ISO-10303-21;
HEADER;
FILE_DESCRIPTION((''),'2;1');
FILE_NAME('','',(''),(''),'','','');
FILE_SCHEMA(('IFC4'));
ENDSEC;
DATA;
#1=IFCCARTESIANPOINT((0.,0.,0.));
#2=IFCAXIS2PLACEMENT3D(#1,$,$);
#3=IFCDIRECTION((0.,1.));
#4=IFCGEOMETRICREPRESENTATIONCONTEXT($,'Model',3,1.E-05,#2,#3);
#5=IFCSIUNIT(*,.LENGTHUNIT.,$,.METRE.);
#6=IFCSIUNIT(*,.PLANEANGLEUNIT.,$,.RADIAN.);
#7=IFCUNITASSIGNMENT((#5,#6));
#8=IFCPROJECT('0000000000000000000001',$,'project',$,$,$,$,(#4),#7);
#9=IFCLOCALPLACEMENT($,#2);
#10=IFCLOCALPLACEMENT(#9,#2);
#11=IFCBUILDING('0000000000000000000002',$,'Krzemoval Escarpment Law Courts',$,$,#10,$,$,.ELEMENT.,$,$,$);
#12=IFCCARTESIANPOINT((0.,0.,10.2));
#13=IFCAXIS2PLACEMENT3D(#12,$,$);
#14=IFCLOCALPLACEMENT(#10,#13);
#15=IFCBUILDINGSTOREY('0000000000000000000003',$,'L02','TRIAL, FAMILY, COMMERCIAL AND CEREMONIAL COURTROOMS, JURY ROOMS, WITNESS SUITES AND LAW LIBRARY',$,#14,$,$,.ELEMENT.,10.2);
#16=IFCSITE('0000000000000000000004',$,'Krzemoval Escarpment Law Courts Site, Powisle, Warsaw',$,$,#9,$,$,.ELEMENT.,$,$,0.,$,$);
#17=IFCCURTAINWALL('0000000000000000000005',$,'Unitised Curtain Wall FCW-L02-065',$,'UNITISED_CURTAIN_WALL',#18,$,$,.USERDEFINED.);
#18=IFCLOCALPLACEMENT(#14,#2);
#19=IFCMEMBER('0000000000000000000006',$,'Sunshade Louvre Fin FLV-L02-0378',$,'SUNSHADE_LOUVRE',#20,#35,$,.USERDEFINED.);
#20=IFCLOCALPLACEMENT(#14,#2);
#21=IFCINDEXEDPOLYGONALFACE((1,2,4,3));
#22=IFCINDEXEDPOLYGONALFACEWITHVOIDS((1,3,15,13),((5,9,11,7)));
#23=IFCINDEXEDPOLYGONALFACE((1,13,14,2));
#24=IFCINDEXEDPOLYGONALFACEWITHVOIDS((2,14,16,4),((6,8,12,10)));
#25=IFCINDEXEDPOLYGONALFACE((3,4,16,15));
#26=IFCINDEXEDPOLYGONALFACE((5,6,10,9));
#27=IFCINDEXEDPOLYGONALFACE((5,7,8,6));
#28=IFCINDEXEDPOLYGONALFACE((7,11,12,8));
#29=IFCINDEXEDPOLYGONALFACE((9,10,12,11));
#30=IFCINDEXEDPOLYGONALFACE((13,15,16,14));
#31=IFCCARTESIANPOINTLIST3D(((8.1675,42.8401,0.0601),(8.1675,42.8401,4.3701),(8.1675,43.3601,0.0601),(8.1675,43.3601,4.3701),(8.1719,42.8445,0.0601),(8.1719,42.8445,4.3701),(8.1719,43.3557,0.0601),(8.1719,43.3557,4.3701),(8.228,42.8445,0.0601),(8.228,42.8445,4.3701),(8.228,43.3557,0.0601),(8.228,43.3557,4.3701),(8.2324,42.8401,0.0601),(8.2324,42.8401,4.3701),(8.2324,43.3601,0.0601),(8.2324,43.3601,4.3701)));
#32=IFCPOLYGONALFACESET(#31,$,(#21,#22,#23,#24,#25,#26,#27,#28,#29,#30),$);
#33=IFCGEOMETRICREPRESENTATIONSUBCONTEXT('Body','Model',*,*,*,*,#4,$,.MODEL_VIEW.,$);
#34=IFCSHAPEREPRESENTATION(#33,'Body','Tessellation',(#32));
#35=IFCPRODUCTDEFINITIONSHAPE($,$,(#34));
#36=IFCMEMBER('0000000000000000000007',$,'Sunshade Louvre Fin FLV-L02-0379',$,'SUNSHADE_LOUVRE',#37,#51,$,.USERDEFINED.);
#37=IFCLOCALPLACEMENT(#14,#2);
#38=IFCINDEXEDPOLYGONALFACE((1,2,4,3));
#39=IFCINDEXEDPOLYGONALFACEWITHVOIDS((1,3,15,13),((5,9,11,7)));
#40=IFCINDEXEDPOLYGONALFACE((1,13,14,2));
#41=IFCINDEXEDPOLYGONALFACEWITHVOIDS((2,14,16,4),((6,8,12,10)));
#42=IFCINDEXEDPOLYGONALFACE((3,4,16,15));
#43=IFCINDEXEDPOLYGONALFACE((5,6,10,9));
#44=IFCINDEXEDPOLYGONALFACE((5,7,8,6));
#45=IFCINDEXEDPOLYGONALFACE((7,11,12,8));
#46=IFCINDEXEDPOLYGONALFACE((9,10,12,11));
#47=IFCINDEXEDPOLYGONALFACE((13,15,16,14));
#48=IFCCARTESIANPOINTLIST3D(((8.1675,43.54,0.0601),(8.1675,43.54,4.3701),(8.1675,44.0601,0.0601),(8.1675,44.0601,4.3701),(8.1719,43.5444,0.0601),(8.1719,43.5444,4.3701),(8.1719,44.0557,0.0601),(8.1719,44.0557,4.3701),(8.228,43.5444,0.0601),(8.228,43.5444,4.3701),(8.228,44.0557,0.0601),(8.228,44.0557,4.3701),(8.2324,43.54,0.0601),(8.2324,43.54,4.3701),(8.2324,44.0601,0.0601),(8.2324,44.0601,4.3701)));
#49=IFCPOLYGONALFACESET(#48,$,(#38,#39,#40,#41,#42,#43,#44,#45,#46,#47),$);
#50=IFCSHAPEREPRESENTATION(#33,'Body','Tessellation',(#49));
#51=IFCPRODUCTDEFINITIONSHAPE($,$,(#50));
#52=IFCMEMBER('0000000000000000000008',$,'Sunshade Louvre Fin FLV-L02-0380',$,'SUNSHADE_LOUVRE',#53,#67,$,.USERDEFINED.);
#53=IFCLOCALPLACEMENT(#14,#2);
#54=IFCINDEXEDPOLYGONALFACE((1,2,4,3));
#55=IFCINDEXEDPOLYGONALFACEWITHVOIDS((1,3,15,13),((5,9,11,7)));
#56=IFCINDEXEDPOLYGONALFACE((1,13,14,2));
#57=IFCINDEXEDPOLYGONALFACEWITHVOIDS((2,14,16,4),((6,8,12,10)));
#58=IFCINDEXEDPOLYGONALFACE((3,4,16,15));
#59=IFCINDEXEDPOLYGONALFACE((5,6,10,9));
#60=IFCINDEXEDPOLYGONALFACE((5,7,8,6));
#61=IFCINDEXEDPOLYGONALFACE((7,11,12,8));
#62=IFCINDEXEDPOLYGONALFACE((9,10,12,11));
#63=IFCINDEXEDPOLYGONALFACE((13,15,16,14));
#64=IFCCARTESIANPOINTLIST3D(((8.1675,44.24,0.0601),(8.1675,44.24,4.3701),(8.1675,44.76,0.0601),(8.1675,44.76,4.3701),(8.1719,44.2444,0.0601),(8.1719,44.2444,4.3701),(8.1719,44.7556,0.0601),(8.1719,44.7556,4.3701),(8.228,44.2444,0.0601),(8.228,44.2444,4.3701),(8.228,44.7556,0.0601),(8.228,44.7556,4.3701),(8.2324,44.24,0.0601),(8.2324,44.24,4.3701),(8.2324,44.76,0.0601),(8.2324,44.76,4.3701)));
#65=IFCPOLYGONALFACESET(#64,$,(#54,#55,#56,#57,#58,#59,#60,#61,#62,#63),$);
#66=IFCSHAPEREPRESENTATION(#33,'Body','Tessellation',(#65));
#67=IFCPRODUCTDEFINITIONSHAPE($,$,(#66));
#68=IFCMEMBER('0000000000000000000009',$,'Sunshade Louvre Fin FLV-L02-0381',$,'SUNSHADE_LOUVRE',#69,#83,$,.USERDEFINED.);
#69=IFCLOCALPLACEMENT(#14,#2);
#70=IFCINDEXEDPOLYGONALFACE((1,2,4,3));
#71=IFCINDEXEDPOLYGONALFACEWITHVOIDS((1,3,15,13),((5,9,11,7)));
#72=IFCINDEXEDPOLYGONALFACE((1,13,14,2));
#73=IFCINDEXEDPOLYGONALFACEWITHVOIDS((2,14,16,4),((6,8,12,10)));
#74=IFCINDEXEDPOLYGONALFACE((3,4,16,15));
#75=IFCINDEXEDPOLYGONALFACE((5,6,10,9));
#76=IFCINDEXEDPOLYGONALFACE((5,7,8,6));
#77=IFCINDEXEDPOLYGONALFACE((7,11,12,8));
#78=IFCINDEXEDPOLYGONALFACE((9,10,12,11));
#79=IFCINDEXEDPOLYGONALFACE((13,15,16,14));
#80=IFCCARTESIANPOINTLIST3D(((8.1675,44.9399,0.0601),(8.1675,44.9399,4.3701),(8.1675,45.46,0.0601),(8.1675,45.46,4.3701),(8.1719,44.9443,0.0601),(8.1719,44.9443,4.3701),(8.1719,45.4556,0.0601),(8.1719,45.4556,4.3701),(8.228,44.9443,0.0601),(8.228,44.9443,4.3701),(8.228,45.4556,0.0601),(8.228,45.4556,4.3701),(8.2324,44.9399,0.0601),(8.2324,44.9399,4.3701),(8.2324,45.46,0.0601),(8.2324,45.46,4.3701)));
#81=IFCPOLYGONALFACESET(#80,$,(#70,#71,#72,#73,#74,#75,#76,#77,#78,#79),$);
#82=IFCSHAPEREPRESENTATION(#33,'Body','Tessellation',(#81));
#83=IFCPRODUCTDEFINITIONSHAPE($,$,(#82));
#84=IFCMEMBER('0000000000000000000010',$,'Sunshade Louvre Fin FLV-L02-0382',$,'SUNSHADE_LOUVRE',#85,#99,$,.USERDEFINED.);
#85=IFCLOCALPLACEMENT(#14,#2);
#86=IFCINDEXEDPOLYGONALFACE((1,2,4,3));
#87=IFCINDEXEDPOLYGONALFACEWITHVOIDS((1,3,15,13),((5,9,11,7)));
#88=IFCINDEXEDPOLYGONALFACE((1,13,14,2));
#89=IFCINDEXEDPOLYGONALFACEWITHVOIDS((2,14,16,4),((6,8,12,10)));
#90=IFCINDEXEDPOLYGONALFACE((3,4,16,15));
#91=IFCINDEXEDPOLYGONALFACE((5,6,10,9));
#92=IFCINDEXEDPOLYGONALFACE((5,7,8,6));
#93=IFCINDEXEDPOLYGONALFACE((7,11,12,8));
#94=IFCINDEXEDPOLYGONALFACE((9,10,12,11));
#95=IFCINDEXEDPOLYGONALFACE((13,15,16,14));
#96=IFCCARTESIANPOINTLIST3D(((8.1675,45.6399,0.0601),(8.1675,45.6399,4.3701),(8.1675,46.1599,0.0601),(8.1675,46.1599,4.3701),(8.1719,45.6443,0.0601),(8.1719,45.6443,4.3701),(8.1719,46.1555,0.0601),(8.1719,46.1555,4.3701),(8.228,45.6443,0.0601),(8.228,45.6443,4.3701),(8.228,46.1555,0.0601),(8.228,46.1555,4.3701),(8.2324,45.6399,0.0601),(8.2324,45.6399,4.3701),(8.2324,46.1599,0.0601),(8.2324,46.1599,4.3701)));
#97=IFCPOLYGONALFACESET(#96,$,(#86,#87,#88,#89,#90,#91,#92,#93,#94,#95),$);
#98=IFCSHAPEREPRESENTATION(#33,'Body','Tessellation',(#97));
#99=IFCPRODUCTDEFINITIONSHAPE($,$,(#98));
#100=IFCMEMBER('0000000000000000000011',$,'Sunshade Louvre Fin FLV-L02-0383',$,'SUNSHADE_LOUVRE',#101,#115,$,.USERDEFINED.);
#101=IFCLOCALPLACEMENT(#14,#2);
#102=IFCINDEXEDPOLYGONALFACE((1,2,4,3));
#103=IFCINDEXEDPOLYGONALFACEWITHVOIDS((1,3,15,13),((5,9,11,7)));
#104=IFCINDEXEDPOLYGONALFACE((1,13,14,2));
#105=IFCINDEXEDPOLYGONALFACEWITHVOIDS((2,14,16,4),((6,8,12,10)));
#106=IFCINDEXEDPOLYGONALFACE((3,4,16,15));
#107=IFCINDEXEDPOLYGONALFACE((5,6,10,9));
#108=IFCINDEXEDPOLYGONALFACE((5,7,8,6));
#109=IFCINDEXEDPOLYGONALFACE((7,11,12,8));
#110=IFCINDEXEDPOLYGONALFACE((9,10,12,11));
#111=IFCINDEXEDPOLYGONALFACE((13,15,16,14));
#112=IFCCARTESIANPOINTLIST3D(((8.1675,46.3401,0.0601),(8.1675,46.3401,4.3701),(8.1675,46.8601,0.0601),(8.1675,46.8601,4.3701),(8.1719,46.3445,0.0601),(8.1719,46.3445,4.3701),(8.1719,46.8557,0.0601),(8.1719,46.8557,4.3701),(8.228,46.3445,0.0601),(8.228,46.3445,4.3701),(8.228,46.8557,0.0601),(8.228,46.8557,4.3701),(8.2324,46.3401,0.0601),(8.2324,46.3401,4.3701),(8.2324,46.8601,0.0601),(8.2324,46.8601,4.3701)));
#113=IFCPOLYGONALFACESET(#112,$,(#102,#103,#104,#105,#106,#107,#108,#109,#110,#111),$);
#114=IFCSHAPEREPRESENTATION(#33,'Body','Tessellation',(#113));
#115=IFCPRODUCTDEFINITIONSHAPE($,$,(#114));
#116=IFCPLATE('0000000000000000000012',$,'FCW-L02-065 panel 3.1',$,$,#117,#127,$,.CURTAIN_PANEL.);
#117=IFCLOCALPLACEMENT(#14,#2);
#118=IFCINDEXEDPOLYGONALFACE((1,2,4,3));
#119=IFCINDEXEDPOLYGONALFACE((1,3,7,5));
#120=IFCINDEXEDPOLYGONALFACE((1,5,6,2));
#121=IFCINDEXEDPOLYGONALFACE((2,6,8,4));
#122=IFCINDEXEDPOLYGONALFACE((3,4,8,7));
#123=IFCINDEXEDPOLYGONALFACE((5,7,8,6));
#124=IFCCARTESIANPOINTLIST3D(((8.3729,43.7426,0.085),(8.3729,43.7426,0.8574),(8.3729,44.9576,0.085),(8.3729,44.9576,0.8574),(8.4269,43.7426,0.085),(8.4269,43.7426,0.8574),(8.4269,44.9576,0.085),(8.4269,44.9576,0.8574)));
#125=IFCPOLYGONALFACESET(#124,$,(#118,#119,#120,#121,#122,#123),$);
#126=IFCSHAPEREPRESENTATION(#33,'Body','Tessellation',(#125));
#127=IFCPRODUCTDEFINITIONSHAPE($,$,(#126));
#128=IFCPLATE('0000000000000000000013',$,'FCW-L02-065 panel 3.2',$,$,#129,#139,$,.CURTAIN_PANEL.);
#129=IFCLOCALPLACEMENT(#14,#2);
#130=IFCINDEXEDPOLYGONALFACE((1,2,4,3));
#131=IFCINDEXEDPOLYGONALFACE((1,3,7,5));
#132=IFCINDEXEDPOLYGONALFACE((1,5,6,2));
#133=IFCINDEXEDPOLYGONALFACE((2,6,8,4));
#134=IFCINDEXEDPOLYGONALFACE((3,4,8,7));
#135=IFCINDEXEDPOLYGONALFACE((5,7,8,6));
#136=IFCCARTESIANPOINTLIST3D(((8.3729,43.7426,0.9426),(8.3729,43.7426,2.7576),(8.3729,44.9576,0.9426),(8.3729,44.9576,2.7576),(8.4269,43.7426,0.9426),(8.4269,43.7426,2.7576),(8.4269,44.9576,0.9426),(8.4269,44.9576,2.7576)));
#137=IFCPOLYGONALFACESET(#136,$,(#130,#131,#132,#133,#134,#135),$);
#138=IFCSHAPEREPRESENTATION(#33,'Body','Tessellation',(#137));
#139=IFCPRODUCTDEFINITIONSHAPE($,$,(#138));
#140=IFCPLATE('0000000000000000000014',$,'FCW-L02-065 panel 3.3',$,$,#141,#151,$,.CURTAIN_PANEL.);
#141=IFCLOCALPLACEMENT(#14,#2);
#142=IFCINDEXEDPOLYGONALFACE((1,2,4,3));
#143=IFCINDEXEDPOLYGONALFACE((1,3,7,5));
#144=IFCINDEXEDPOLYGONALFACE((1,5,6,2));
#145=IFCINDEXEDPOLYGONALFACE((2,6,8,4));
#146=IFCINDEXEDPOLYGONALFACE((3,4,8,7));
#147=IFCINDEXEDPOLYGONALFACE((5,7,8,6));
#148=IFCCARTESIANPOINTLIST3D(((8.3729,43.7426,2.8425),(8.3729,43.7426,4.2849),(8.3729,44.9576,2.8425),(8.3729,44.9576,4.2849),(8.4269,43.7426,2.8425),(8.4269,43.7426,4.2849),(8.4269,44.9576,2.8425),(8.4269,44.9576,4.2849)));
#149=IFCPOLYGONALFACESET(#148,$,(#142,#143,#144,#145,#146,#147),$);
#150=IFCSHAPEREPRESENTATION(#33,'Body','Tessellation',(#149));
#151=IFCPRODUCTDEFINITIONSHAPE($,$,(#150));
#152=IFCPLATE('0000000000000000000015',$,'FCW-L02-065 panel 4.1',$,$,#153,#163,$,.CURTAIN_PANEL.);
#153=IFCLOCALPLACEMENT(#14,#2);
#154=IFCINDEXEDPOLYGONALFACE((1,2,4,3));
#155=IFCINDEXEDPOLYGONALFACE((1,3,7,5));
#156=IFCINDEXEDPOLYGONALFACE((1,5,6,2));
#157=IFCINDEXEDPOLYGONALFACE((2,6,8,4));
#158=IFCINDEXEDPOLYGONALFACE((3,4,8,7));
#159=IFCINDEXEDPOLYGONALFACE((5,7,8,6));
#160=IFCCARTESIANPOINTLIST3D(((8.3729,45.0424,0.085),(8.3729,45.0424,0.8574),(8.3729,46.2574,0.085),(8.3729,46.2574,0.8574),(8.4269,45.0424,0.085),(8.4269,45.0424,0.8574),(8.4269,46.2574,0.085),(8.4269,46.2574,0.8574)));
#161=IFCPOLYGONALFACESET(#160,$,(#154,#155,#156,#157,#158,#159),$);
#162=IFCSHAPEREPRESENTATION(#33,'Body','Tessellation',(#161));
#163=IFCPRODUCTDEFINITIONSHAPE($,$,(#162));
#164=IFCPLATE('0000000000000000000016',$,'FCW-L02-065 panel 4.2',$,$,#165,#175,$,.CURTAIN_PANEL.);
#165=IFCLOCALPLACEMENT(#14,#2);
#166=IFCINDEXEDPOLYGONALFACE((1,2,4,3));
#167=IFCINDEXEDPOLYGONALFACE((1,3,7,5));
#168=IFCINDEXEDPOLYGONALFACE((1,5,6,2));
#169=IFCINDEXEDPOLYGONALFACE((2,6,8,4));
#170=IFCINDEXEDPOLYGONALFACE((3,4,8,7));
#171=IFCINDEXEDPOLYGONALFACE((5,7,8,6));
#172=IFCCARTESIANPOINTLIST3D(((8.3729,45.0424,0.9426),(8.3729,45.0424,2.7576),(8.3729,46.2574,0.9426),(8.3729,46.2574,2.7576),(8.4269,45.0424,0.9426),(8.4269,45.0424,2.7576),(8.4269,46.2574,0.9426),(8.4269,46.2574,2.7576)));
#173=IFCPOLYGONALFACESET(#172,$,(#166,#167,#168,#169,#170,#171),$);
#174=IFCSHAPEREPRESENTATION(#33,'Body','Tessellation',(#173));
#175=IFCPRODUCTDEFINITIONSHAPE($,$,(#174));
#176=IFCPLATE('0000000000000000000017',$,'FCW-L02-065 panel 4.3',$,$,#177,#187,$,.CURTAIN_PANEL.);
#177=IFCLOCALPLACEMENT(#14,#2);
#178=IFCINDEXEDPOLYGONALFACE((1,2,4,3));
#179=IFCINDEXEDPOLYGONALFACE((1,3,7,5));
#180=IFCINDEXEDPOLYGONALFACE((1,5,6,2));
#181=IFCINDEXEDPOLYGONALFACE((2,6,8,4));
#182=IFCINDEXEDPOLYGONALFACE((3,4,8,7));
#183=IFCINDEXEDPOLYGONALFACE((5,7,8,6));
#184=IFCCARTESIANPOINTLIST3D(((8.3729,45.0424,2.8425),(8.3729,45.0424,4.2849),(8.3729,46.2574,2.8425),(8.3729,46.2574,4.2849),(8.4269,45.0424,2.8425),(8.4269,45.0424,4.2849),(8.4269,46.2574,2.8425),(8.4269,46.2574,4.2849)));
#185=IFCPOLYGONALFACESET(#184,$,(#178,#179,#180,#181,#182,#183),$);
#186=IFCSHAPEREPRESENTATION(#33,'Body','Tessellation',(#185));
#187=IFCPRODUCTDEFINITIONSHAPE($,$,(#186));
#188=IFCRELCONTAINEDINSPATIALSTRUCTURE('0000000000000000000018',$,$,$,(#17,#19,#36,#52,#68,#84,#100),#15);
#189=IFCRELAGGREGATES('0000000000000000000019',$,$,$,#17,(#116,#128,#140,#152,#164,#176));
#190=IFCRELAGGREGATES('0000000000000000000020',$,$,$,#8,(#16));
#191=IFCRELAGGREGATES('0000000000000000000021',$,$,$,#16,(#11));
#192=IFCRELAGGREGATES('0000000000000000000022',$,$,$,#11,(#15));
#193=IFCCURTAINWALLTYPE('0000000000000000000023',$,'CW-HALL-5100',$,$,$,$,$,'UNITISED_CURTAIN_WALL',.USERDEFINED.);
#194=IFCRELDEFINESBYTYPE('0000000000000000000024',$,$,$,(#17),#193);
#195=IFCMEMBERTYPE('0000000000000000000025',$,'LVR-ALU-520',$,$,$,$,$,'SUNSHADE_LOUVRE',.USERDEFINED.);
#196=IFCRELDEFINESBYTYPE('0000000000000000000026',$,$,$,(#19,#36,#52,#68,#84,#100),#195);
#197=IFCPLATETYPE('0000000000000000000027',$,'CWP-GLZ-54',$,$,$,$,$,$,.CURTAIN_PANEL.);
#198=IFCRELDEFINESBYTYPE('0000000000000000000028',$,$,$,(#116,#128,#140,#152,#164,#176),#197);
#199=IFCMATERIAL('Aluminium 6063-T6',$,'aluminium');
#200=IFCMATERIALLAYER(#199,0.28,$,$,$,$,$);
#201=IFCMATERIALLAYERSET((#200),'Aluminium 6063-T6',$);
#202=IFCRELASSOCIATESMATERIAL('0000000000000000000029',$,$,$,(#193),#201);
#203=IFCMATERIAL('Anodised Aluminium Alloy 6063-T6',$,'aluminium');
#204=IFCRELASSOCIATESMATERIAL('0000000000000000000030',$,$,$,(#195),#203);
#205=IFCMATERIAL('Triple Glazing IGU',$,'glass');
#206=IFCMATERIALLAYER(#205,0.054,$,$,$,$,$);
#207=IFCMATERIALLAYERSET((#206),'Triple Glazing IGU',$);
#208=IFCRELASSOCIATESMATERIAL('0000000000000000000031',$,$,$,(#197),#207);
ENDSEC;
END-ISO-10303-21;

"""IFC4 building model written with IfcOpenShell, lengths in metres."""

from ifc_helpers import new_model, si_unit, direction, frame, origin, origin_2d, place, context, subcontext, project, spatial, rectangle, hollow_rectangle, extrude, material, layer, layer_set, material_profile, profile_set, type_object, element, aggregate, save


model = new_model("IFC4")

# Units and contexts
model_context = context("Model", 3, precision=1e-05, world=origin(), true_north=direction((0.0, 1.0)))
body_context = subcontext(model_context, "Body", "Model", "MODEL_VIEW")
ifc_project = project(units=[si_unit("LENGTHUNIT", "METRE"), si_unit("PLANEANGLEUNIT", "RADIAN")], contexts=[model_context])

# Site, building, storey
site_placement = place(None, origin())
site = spatial("IfcSite", under=ifc_project, at=site_placement, Name="Krzemoval Escarpment Law Courts Site, Powisle, Warsaw", CompositionType="ELEMENT", RefElevation=0.0)
building_placement = place(site_placement, origin())
building = spatial("IfcBuilding", under=site, at=building_placement, Name="Krzemoval Escarpment Law Courts", CompositionType="ELEMENT")
storey_placement = place(building_placement, frame((0.0, 0.0, 10.2)))
storey = spatial("IfcBuildingStorey", under=building, at=storey_placement, Name="L02", Description="TRIAL, FAMILY, COMMERCIAL AND CEREMONIAL COURTROOMS, JURY ROOMS, WITNESS SUITES AND LAW LIBRARY", CompositionType="ELEMENT", Elevation=10.2)

# Curtain wall
ifc_material_1 = material(Name="Aluminium 6063-T6", Category="aluminium")
ifc_layer_1 = layer(ifc_material_1, 0.28)
ifc_layer_set_1 = layer_set([ifc_layer_1], Name="Aluminium 6063-T6")
curtain_wall_type = type_object("IfcCurtainWallType", Name="CW-HALL-5100", ElementType="UNITISED_CURTAIN_WALL", PredefinedType="USERDEFINED", material=ifc_layer_set_1)
curtain_wall_placement = place(storey_placement, origin())
curtain_wall = element("IfcCurtainWall", 1, at=curtain_wall_placement, inside=storey, type_object=curtain_wall_type, Name="Unitised Curtain Wall FCW-L02-065", ObjectType="UNITISED_CURTAIN_WALL", PredefinedType="USERDEFINED")

# Members
ifc_material_2 = material(Name="Anodised Aluminium Alloy 6063-T6", Category="aluminium")
ifc_material_profile_1 = material_profile(ifc_material_2, hollow_rectangle(XDim=0.0649, YDim=0.52, WallThickness=0.0044, at=origin_2d()), Name="ALU LVR 65x520")
ifc_profile_set_1 = profile_set([ifc_material_profile_1], Name="Anodised Aluminium Alloy 6063-T6")
member_type_1 = type_object("IfcMemberType", Name="LVR-ALU-520", ElementType="SUNSHADE_LOUVRE", PredefinedType="USERDEFINED", material=ifc_profile_set_1)
for number, where, z_axis, x_axis, name in (
    (2, (8.2, 43.1001, 0.0601), (0.0, 0.0, 1.0), (1.0, 0.0, 0.0), "Sunshade Louvre Fin FLV-L02-0378"),
    (3, (8.2, 43.8, 0.0601), (0.0, 0.0, 1.0), (1.0, 0.0, 0.0), "Sunshade Louvre Fin FLV-L02-0379"),
    (4, (8.2, 44.5, 0.0601), (0.0, 0.0, 1.0), (1.0, 0.0, 0.0), "Sunshade Louvre Fin FLV-L02-0380"),
    (5, (8.2, 45.2, 0.0601), (0.0, 0.0, 1.0), (1.0, 0.0, 0.0), "Sunshade Louvre Fin FLV-L02-0381"),
    (6, (8.2, 45.8999, 0.0601), (0.0, 0.0, 1.0), (1.0, 0.0, 0.0), "Sunshade Louvre Fin FLV-L02-0382"),
    (7, (8.2, 46.6001, 0.0601), (0.0, 0.0, 1.0), (1.0, 0.0, 0.0), "Sunshade Louvre Fin FLV-L02-0383"),
):
    element("IfcMember", number, at=place(storey_placement, frame(where, z_axis=z_axis, x_axis=x_axis)), inside=storey, type_object=member_type_1, Name=name, ObjectType="SUNSHADE_LOUVRE", PredefinedType="USERDEFINED", context=body_context, shape_type="SweptSolid", body=[
        extrude(hollow_rectangle(XDim=0.0649, YDim=0.52, WallThickness=0.0044, at=origin_2d()), origin(), (0.0, 0.0, 1.0), 4.3101),
    ])

# Plates
ifc_material_3 = material(Name="Triple Glazing IGU", Category="glass")
ifc_layer_2 = layer(ifc_material_3, 0.054)
ifc_layer_set_2 = layer_set([ifc_layer_2], Name="Triple Glazing IGU")
plate_type = type_object("IfcPlateType", Name="CWP-GLZ-54", PredefinedType="CURTAIN_PANEL", material=ifc_layer_set_2)
plate_1_placement = place(storey_placement, frame((8.3999, 44.3501, 0.085), z_axis=(0.0, 0.0, 1.0), x_axis=(0.0, 1.0, 0.0)))
plate_1 = element("IfcPlate", 8, at=plate_1_placement, type_object=plate_type, Name="FCW-L02-065 panel 3.1", PredefinedType="CURTAIN_PANEL", context=body_context, shape_type="SweptSolid", body=[
    extrude(rectangle(XDim=1.2151, YDim=0.054, at=origin_2d()), origin(), (0.0, 0.0, 1.0), 0.7725),
])
plate_2_placement = place(storey_placement, frame((8.3999, 44.3501, 0.9426), z_axis=(0.0, 0.0, 1.0), x_axis=(0.0, 1.0, 0.0)))
plate_2 = element("IfcPlate", 9, at=plate_2_placement, type_object=plate_type, Name="FCW-L02-065 panel 3.2", PredefinedType="CURTAIN_PANEL", context=body_context, shape_type="SweptSolid", body=[
    extrude(rectangle(XDim=1.2151, YDim=0.054, at=origin_2d()), origin(), (0.0, 0.0, 1.0), 1.8149),
])
plate_3_placement = place(storey_placement, frame((8.3999, 44.3501, 2.8425), z_axis=(0.0, 0.0, 1.0), x_axis=(0.0, 1.0, 0.0)))
plate_3 = element("IfcPlate", 10, at=plate_3_placement, type_object=plate_type, Name="FCW-L02-065 panel 3.3", PredefinedType="CURTAIN_PANEL", context=body_context, shape_type="SweptSolid", body=[
    extrude(rectangle(XDim=1.2151, YDim=0.054, at=origin_2d()), origin(), (0.0, 0.0, 1.0), 1.4424),
])
plate_4_placement = place(storey_placement, frame((8.3999, 45.6499, 0.085), z_axis=(0.0, 0.0, 1.0), x_axis=(0.0, 1.0, 0.0)))
plate_4 = element("IfcPlate", 11, at=plate_4_placement, type_object=plate_type, Name="FCW-L02-065 panel 4.1", PredefinedType="CURTAIN_PANEL", context=body_context, shape_type="SweptSolid", body=[
    extrude(rectangle(XDim=1.2151, YDim=0.054, at=origin_2d()), origin(), (0.0, 0.0, 1.0), 0.7725),
])
plate_5_placement = place(storey_placement, frame((8.3999, 45.6499, 0.9426), z_axis=(0.0, 0.0, 1.0), x_axis=(0.0, 1.0, 0.0)))
plate_5 = element("IfcPlate", 12, at=plate_5_placement, type_object=plate_type, Name="FCW-L02-065 panel 4.2", PredefinedType="CURTAIN_PANEL", context=body_context, shape_type="SweptSolid", body=[
    extrude(rectangle(XDim=1.2151, YDim=0.054, at=origin_2d()), origin(), (0.0, 0.0, 1.0), 1.8149),
])
plate_6_placement = place(storey_placement, frame((8.3999, 45.6499, 2.8425), z_axis=(0.0, 0.0, 1.0), x_axis=(0.0, 1.0, 0.0)))
plate_6 = element("IfcPlate", 13, at=plate_6_placement, type_object=plate_type, Name="FCW-L02-065 panel 4.3", PredefinedType="CURTAIN_PANEL", context=body_context, shape_type="SweptSolid", body=[
    extrude(rectangle(XDim=1.2151, YDim=0.054, at=origin_2d()), origin(), (0.0, 0.0, 1.0), 1.4424),
])
aggregate(curtain_wall, [plate_1, plate_2, plate_3, plate_4, plate_5, plate_6])

save(model, "model.ifc")
